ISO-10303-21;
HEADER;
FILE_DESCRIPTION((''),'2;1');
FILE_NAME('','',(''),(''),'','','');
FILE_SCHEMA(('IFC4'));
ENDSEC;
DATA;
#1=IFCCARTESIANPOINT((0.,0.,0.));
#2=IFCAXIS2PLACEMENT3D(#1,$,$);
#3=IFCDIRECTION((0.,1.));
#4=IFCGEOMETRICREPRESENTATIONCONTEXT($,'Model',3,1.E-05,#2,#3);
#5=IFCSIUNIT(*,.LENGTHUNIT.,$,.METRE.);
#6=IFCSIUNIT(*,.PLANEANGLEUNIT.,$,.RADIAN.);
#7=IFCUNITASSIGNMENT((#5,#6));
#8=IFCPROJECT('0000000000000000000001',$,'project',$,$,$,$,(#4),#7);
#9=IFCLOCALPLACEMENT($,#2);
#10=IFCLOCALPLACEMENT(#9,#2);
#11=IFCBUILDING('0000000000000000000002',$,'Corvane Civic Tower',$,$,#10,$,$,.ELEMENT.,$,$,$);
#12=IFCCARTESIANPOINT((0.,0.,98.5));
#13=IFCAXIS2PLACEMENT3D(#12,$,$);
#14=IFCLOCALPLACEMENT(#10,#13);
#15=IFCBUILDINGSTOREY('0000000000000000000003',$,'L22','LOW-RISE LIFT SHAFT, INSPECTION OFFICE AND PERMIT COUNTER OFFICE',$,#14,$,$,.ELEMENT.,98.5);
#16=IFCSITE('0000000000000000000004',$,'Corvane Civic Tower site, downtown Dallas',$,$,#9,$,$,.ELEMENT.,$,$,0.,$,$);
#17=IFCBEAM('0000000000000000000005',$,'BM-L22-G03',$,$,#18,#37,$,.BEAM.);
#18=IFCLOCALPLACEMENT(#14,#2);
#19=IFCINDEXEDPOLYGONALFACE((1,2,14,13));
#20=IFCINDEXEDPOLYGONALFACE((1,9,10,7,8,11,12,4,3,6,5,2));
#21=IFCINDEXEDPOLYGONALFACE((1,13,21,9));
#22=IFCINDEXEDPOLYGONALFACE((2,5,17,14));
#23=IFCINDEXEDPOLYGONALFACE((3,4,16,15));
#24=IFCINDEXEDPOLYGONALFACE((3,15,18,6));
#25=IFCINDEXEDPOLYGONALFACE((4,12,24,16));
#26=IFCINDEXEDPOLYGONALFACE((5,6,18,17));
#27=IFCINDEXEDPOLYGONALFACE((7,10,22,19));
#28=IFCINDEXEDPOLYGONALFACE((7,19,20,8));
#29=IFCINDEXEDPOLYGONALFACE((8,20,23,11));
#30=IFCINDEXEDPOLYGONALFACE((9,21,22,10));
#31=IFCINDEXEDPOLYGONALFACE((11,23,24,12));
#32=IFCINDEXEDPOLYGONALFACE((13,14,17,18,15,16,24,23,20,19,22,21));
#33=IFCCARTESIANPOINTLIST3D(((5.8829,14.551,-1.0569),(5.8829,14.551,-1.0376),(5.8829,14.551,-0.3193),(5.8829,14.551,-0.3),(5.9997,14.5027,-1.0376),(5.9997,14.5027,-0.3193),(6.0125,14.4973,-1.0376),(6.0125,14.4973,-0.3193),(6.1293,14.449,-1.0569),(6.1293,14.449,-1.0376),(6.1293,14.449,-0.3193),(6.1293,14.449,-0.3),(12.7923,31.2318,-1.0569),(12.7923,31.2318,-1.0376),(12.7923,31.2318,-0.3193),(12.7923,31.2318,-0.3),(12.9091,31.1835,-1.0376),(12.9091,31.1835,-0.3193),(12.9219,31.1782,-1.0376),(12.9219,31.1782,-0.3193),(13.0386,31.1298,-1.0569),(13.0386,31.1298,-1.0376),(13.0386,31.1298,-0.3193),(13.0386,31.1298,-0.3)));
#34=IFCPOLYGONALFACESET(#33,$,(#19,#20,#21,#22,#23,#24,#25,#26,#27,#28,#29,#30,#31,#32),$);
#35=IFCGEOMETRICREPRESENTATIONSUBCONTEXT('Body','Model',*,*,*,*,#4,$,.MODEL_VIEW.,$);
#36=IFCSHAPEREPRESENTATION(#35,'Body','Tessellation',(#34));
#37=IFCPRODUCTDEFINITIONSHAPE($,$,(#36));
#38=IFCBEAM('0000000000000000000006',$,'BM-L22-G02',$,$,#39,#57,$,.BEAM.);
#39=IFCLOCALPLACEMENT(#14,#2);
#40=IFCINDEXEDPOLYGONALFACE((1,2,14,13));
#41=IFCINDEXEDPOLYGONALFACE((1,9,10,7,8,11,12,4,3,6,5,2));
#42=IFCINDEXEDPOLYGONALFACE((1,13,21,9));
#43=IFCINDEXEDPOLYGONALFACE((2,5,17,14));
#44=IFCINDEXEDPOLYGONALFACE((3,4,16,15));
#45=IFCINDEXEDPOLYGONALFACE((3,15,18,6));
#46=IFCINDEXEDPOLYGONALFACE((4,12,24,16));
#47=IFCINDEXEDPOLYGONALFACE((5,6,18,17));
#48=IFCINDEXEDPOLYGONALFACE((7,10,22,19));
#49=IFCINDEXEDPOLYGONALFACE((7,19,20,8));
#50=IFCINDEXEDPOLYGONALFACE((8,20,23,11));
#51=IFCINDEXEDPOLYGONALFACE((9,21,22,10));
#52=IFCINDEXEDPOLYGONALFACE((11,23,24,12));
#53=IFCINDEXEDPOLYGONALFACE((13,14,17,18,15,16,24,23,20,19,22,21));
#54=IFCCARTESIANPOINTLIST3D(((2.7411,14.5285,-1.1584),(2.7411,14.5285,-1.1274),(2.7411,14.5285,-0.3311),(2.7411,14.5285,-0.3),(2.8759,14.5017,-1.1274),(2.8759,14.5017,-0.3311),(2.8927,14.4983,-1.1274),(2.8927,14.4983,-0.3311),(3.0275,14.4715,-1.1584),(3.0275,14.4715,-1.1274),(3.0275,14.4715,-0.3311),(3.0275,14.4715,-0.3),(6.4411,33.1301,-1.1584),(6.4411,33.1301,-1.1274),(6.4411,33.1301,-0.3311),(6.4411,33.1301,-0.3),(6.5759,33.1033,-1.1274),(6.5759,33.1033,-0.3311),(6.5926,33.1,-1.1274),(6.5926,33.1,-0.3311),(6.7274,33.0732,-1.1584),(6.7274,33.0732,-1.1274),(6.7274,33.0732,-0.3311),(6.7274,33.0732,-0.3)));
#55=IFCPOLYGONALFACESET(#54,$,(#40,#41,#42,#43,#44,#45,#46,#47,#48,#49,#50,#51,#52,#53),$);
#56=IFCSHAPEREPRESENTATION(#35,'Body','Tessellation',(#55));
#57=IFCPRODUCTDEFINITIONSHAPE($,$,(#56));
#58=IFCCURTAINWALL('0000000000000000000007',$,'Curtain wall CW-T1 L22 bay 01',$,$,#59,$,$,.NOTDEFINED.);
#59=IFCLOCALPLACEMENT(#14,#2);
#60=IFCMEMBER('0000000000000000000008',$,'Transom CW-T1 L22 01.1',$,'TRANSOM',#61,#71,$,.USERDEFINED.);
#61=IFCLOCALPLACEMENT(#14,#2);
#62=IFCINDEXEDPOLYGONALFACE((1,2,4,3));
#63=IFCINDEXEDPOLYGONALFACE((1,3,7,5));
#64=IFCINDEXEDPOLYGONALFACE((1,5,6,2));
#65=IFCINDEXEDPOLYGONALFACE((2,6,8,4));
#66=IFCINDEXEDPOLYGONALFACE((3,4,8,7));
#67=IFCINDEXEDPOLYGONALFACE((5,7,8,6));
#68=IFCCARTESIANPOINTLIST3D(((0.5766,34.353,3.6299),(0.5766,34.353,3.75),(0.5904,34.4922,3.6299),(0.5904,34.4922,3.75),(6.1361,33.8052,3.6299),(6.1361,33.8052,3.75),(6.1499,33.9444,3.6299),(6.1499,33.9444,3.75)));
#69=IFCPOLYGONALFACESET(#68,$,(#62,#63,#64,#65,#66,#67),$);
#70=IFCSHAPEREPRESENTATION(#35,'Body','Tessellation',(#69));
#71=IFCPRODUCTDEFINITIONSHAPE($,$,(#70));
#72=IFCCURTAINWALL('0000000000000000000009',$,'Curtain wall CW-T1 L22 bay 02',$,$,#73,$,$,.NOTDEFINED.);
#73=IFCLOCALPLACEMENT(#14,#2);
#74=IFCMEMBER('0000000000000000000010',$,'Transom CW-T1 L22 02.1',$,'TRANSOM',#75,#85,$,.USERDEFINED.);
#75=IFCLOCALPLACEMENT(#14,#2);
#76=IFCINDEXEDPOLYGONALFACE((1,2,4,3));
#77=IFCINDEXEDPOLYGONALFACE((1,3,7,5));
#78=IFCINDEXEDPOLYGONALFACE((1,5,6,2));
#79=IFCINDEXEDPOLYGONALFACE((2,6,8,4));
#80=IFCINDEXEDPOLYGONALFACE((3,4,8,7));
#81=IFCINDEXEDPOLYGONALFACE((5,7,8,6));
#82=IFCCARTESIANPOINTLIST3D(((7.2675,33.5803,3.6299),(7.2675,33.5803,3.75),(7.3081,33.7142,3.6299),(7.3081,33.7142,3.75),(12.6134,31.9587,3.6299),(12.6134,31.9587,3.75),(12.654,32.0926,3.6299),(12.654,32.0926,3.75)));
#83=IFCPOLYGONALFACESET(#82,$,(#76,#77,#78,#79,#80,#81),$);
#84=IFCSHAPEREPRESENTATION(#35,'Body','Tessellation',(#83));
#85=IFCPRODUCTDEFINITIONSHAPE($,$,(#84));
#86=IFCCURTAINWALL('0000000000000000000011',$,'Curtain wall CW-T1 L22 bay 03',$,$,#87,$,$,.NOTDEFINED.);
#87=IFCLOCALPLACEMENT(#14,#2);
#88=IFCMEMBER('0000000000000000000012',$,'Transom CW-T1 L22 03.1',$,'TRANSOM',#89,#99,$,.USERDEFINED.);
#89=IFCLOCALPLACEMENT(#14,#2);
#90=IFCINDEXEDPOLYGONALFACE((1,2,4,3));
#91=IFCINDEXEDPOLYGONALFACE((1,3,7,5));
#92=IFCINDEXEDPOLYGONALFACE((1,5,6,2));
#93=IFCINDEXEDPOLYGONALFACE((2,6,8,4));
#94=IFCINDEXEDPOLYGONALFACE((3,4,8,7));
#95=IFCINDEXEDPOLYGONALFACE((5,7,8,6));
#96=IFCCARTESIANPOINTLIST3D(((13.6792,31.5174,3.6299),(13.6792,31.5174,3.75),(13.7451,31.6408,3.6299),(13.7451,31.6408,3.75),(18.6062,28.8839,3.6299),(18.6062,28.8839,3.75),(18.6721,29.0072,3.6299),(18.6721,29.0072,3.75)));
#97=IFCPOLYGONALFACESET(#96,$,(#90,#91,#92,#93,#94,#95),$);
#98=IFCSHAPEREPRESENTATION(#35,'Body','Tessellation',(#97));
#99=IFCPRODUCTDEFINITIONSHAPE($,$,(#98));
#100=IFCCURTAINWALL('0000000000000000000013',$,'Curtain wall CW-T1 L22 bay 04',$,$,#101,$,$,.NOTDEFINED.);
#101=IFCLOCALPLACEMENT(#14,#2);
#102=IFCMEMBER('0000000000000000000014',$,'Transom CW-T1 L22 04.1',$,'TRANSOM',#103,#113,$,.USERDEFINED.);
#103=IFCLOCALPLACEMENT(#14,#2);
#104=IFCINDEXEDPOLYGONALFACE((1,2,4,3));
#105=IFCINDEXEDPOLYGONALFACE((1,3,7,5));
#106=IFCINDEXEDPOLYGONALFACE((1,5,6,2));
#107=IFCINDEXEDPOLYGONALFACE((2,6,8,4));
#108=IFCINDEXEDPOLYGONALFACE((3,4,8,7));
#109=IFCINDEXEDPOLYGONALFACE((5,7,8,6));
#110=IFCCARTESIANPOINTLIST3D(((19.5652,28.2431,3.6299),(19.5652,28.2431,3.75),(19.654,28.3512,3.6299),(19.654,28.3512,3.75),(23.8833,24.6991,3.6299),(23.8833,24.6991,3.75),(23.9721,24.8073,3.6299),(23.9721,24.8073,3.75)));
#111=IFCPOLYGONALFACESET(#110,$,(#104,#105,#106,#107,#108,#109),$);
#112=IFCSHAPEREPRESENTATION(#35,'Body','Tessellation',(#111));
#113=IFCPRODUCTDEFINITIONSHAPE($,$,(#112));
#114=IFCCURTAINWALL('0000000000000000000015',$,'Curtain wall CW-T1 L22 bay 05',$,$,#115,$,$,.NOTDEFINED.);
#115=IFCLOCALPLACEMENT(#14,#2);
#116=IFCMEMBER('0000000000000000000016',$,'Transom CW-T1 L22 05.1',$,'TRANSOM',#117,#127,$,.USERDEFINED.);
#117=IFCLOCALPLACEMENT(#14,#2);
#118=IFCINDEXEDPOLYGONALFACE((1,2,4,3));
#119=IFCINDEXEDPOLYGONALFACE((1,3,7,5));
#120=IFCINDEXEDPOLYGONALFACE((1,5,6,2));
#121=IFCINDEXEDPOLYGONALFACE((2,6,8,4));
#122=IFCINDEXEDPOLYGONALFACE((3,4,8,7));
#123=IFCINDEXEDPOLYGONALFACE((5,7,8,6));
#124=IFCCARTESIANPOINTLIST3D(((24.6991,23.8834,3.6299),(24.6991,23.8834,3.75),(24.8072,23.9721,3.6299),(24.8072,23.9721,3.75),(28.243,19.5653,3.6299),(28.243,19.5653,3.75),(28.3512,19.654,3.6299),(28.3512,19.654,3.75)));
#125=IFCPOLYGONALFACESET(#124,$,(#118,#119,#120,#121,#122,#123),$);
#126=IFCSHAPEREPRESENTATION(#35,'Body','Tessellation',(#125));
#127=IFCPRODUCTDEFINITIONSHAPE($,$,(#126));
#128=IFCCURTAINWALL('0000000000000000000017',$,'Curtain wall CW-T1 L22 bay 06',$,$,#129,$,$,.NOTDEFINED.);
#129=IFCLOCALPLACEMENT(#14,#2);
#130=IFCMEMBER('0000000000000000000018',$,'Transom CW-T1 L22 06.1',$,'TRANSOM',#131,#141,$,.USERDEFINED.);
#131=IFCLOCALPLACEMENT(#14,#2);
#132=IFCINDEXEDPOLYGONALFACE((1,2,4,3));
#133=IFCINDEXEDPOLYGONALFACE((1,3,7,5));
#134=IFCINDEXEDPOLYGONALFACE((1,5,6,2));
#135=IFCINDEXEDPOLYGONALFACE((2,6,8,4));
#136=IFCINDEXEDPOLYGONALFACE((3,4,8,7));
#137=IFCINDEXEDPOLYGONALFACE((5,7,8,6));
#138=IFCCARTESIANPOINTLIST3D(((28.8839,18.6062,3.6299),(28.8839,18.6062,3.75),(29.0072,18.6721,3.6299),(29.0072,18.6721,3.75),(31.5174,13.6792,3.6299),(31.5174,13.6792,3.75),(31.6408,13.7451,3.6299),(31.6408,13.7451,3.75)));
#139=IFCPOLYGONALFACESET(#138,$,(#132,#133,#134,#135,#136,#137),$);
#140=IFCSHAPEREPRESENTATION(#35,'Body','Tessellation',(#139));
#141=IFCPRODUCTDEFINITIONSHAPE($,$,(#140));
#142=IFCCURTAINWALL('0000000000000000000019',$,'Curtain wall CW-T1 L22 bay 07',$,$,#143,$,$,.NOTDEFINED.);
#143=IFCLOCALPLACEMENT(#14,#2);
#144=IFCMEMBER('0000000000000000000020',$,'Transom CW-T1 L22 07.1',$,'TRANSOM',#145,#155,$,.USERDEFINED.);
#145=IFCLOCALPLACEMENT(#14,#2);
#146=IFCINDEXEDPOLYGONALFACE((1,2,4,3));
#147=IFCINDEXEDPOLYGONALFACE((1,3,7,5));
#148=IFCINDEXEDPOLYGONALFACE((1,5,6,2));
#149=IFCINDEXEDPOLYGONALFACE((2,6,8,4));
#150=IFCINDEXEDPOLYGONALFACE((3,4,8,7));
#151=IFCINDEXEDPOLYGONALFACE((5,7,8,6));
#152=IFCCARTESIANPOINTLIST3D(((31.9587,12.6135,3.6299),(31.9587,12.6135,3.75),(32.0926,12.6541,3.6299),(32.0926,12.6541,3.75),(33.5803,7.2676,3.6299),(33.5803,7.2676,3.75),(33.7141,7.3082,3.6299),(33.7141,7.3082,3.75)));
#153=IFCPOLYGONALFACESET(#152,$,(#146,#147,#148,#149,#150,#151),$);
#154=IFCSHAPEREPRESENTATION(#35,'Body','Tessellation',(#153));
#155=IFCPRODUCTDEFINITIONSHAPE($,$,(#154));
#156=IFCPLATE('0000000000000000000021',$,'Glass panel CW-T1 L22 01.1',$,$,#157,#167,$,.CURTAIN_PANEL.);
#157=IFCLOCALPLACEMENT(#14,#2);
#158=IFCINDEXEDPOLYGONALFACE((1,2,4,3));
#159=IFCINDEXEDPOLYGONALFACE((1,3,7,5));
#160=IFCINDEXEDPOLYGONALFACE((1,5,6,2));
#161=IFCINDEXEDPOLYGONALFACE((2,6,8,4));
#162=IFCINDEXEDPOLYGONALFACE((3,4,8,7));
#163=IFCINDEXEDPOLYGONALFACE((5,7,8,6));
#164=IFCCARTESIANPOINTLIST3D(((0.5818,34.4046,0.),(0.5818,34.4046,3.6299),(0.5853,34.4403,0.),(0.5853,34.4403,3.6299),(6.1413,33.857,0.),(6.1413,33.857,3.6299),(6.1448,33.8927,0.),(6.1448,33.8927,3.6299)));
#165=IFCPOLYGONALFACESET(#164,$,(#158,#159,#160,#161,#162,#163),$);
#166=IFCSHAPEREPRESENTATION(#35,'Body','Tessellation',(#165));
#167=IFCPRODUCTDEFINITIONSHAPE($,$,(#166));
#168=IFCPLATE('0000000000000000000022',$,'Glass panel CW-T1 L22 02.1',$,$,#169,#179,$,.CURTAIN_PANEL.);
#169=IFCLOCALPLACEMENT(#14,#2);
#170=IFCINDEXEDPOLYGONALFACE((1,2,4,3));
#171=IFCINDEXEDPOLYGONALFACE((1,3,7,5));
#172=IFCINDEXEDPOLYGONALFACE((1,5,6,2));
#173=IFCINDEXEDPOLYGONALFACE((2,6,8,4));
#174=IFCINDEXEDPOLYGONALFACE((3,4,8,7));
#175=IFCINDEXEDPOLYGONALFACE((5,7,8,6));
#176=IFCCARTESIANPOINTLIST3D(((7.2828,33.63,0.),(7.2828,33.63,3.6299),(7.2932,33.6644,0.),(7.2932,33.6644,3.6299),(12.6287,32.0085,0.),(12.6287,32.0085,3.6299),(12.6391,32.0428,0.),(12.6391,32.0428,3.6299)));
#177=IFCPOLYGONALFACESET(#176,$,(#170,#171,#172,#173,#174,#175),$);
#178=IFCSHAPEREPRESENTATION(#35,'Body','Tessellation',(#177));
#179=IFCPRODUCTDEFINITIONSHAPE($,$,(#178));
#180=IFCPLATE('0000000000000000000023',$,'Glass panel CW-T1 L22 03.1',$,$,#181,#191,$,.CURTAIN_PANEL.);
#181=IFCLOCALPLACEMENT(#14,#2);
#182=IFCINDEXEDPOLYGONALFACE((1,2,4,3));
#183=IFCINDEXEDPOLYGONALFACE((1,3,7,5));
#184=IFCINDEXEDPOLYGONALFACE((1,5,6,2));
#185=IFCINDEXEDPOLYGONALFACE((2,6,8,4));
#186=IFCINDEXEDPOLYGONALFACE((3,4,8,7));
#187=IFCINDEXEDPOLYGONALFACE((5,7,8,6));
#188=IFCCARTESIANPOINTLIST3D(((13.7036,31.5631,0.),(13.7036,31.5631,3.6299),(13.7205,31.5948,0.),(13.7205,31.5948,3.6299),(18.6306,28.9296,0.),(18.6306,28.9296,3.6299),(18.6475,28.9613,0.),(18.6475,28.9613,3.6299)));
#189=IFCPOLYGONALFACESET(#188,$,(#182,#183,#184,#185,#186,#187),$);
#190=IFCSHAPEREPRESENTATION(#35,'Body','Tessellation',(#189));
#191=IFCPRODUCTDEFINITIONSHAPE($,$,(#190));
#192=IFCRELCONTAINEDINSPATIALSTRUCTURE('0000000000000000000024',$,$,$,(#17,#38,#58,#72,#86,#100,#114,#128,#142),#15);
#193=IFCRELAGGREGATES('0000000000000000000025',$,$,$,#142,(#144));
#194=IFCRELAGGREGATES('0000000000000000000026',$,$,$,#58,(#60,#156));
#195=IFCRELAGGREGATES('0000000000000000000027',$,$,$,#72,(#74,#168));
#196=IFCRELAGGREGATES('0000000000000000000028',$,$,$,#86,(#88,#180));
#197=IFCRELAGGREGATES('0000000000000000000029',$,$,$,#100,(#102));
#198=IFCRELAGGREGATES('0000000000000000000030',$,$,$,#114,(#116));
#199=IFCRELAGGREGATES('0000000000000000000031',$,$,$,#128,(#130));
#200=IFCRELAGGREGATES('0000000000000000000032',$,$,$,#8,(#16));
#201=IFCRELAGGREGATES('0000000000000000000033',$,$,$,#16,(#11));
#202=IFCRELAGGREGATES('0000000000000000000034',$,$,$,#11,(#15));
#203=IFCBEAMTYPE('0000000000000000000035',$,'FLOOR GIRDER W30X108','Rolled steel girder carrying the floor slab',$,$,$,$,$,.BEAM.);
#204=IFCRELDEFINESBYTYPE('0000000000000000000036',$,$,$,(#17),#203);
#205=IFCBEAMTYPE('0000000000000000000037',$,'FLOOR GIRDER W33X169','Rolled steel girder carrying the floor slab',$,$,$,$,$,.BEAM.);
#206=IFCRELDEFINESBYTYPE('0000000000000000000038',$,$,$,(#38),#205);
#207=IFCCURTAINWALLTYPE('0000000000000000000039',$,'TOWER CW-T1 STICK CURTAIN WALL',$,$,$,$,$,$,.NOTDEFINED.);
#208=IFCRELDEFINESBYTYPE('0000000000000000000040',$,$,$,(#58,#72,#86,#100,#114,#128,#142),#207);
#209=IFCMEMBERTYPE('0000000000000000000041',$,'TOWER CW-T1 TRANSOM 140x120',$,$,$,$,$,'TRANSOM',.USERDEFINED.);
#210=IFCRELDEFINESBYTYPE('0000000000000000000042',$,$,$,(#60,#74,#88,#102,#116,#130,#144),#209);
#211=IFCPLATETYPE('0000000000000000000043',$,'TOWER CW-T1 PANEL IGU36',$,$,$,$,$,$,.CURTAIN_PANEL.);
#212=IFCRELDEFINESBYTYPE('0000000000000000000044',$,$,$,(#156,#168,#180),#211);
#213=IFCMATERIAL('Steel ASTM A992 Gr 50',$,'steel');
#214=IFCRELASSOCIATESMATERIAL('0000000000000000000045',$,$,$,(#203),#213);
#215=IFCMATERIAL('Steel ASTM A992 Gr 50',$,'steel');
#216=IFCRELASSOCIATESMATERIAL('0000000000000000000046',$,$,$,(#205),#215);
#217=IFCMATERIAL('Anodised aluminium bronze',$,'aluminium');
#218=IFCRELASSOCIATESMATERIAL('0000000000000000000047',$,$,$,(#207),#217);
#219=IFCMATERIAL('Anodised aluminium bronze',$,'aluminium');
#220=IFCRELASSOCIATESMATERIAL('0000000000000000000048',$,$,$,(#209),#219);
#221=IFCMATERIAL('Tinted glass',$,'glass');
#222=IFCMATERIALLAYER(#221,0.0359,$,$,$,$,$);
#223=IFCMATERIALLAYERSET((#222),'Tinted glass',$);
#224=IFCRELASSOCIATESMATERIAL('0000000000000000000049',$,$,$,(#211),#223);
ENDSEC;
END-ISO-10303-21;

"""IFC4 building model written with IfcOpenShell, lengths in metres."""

from ifc_helpers import new_model, si_unit, direction, frame, origin, origin_2d, place, context, subcontext, project, spatial, rectangle, i_section, extrude, material, layer, layer_set, material_profile, profile_set, type_object, element, aggregate, save


model = new_model("IFC4")

# Units and contexts
model_context = context("Model", 3, precision=1e-05, world=origin(), true_north=direction((0.0, 1.0)))
body_context = subcontext(model_context, "Body", "Model", "MODEL_VIEW")
ifc_project = project(units=[si_unit("LENGTHUNIT", "METRE"), si_unit("PLANEANGLEUNIT", "RADIAN")], contexts=[model_context])

# Site, building, storey
site_placement = place(None, origin())
site = spatial("IfcSite", under=ifc_project, at=site_placement, Name="Corvane Civic Tower site, downtown Dallas", CompositionType="ELEMENT", RefElevation=0.0)
building_placement = place(site_placement, origin())
building = spatial("IfcBuilding", under=site, at=building_placement, Name="Corvane Civic Tower", CompositionType="ELEMENT")
storey_placement = place(building_placement, frame((0.0, 0.0, 98.5)))
storey = spatial("IfcBuildingStorey", under=building, at=storey_placement, Name="L22", Description="LOW-RISE LIFT SHAFT, INSPECTION OFFICE AND PERMIT COUNTER OFFICE", CompositionType="ELEMENT", Elevation=98.5)

# Beams
ifc_material_1 = material(Name="Steel ASTM A992 Gr 50", Category="steel")
ifc_material_profile_1 = material_profile(ifc_material_1, i_section(OverallWidth=0.2666, OverallDepth=0.7568, WebThickness=0.0139, FlangeThickness=0.0193, at=origin_2d()), Name="W30X108")
ifc_profile_set_1 = profile_set([ifc_material_profile_1], Name="Steel ASTM A992 Gr 50")
beam_type_1 = type_object("IfcBeamType", Name="FLOOR GIRDER W30X108", Description="Rolled steel girder carrying the floor slab", PredefinedType="BEAM", material=ifc_profile_set_1)
beam_1_placement = place(storey_placement, frame((6.0061, 14.5, -0.6785), z_axis=(0.382682, 0.92388, 0.0), x_axis=(-0.92388, 0.382682, 0.0)))
element("IfcBeam", 1, at=beam_1_placement, inside=storey, type_object=beam_type_1, Name="BM-L22-G03", PredefinedType="BEAM", context=body_context, shape_type="SweptSolid", body=[
    extrude(i_section(OverallWidth=0.2666, OverallDepth=0.7568, WebThickness=0.0139, FlangeThickness=0.0193, at=origin_2d()), origin(), (0.0, 0.0, 1.0), 18.0552),
])
ifc_material_2 = material(Name="Steel ASTM A992 Gr 50", Category="steel")
ifc_material_profile_2 = material_profile(ifc_material_2, i_section(OverallWidth=0.292, OverallDepth=0.8584, WebThickness=0.0171, FlangeThickness=0.031, at=origin_2d()), Name="W33X169")
ifc_profile_set_2 = profile_set([ifc_material_profile_2], Name="Steel ASTM A992 Gr 50")
beam_type_2 = type_object("IfcBeamType", Name="FLOOR GIRDER W33X169", Description="Rolled steel girder carrying the floor slab", PredefinedType="BEAM", material=ifc_profile_set_2)
beam_2_placement = place(storey_placement, frame((2.8843, 14.5, -0.7292), z_axis=(0.195084, 0.980787, 0.0), x_axis=(-0.980787, 0.195084, 0.0)))
element("IfcBeam", 2, at=beam_2_placement, inside=storey, type_object=beam_type_2, Name="BM-L22-G02", PredefinedType="BEAM", context=body_context, shape_type="SweptSolid", body=[
    extrude(i_section(OverallWidth=0.292, OverallDepth=0.8584, WebThickness=0.0171, FlangeThickness=0.031, at=origin_2d()), origin(), (0.0, 0.0, 1.0), 18.9661),
])

# Curtain walls, members
ifc_material_3 = material(Name="Anodised aluminium bronze", Category="aluminium")
curtain_wall_type = type_object("IfcCurtainWallType", Name="TOWER CW-T1 STICK CURTAIN WALL", PredefinedType="NOTDEFINED", material=ifc_material_3)
curtain_wall_1_placement = place(storey_placement, origin())
curtain_wall_1 = element("IfcCurtainWall", 3, at=curtain_wall_1_placement, inside=storey, type_object=curtain_wall_type, Name="Curtain wall CW-T1 L22 bay 01", PredefinedType="NOTDEFINED")
ifc_material_4 = material(Name="Anodised aluminium bronze", Category="aluminium")
ifc_material_profile_3 = material_profile(ifc_material_4, rectangle(XDim=0.1399, YDim=0.1201, at=origin_2d()), Name="TOWER CW-T1 TRANSOM 140x120")
ifc_profile_set_3 = profile_set([ifc_material_profile_3], Name="Anodised aluminium bronze")
member_type = type_object("IfcMemberType", Name="TOWER CW-T1 TRANSOM 140x120", ElementType="TRANSOM", PredefinedType="USERDEFINED", material=ifc_profile_set_3)
member_1_placement = place(storey_placement, frame((0.5835, 34.4226, 3.6899), z_axis=(0.99518, -0.098067, 0.0), x_axis=(0.098067, 0.99518, 0.0)))
member_1 = element("IfcMember", 4, at=member_1_placement, type_object=member_type, Name="Transom CW-T1 L22 01.1", ObjectType="TRANSOM", PredefinedType="USERDEFINED", context=body_context, shape_type="SweptSolid", body=[
    extrude(rectangle(XDim=0.1399, YDim=0.1201, at=origin_2d()), origin(), (0.0, 0.0, 1.0), 5.5864),
])
curtain_wall_2_placement = place(storey_placement, origin())
curtain_wall_2 = element("IfcCurtainWall", 5, at=curtain_wall_2_placement, inside=storey, type_object=curtain_wall_type, Name="Curtain wall CW-T1 L22 bay 02", PredefinedType="NOTDEFINED")
member_2_placement = place(storey_placement, frame((7.2878, 33.6472, 3.6899), z_axis=(0.956945, -0.290269, 0.0), x_axis=(0.290269, 0.956945, 0.0)))
member_2 = element("IfcMember", 6, at=member_2_placement, type_object=member_type, Name="Transom CW-T1 L22 02.1", ObjectType="TRANSOM", PredefinedType="USERDEFINED", context=body_context, shape_type="SweptSolid", body=[
    extrude(rectangle(XDim=0.1399, YDim=0.1201, at=origin_2d()), origin(), (0.0, 0.0, 1.0), 5.5864),
])
curtain_wall_3_placement = place(storey_placement, origin())
curtain_wall_3 = element("IfcCurtainWall", 7, at=curtain_wall_3_placement, inside=storey, type_object=curtain_wall_type, Name="Curtain wall CW-T1 L22 bay 03", PredefinedType="NOTDEFINED")
member_3_placement = place(storey_placement, frame((13.7122, 31.5791, 3.6899), z_axis=(0.881921, -0.471398, 0.0), x_axis=(0.471398, 0.881921, 0.0)))
member_3 = element("IfcMember", 8, at=member_3_placement, type_object=member_type, Name="Transom CW-T1 L22 03.1", ObjectType="TRANSOM", PredefinedType="USERDEFINED", context=body_context, shape_type="SweptSolid", body=[
    extrude(rectangle(XDim=0.1399, YDim=0.1201, at=origin_2d()), origin(), (0.0, 0.0, 1.0), 5.5867),
])
curtain_wall_4_placement = place(storey_placement, origin())
curtain_wall_4 = element("IfcCurtainWall", 9, at=curtain_wall_4_placement, inside=storey, type_object=curtain_wall_type, Name="Curtain wall CW-T1 L22 bay 04", PredefinedType="NOTDEFINED")
member_4_placement = place(storey_placement, frame((19.6096, 28.2971, 3.6899), z_axis=(0.772996, -0.63441, 0.0), x_axis=(0.63441, 0.772996, 0.0)))
member_4 = element("IfcMember", 10, at=member_4_placement, type_object=member_type, Name="Transom CW-T1 L22 04.1", ObjectType="TRANSOM", PredefinedType="USERDEFINED", context=body_context, shape_type="SweptSolid", body=[
    extrude(rectangle(XDim=0.1399, YDim=0.1201, at=origin_2d()), origin(), (0.0, 0.0, 1.0), 5.5862),
])
curtain_wall_5_placement = place(storey_placement, origin())
curtain_wall_5 = element("IfcCurtainWall", 11, at=curtain_wall_5_placement, inside=storey, type_object=curtain_wall_type, Name="Curtain wall CW-T1 L22 bay 05", PredefinedType="NOTDEFINED")
member_5_placement = place(storey_placement, frame((24.7532, 23.9277, 3.6899), z_axis=(0.63441, -0.772996, 0.0), x_axis=(0.772996, 0.63441, 0.0)))
member_5 = element("IfcMember", 12, at=member_5_placement, type_object=member_type, Name="Transom CW-T1 L22 05.1", ObjectType="TRANSOM", PredefinedType="USERDEFINED", context=body_context, shape_type="SweptSolid", body=[
    extrude(rectangle(XDim=0.1399, YDim=0.1201, at=origin_2d()), origin(), (0.0, 0.0, 1.0), 5.5862),
])
curtain_wall_6_placement = place(storey_placement, origin())
curtain_wall_6 = element("IfcCurtainWall", 13, at=curtain_wall_6_placement, inside=storey, type_object=curtain_wall_type, Name="Curtain wall CW-T1 L22 bay 06", PredefinedType="NOTDEFINED")
member_6_placement = place(storey_placement, frame((28.9456, 18.6392, 3.6899), z_axis=(0.471398, -0.881921, 0.0), x_axis=(0.881921, 0.471398, 0.0)))
member_6 = element("IfcMember", 14, at=member_6_placement, type_object=member_type, Name="Transom CW-T1 L22 06.1", ObjectType="TRANSOM", PredefinedType="USERDEFINED", context=body_context, shape_type="SweptSolid", body=[
    extrude(rectangle(XDim=0.1399, YDim=0.1201, at=origin_2d()), origin(), (0.0, 0.0, 1.0), 5.5867),
])
curtain_wall_7_placement = place(storey_placement, origin())
curtain_wall_7 = element("IfcCurtainWall", 15, at=curtain_wall_7_placement, inside=storey, type_object=curtain_wall_type, Name="Curtain wall CW-T1 L22 bay 07", PredefinedType="NOTDEFINED")
member_7_placement = place(storey_placement, frame((32.0256, 12.6338, 3.6899), z_axis=(0.290269, -0.956945, 0.0), x_axis=(0.956945, 0.290269, 0.0)))
member_7 = element("IfcMember", 16, at=member_7_placement, type_object=member_type, Name="Transom CW-T1 L22 07.1", ObjectType="TRANSOM", PredefinedType="USERDEFINED", context=body_context, shape_type="SweptSolid", body=[
    extrude(rectangle(XDim=0.1399, YDim=0.1201, at=origin_2d()), origin(), (0.0, 0.0, 1.0), 5.5864),
])
aggregate(curtain_wall_7, [member_7])

# Plates
ifc_material_5 = material(Name="Tinted glass", Category="glass")
ifc_layer_1 = layer(ifc_material_5, 0.0359)
ifc_layer_set_1 = layer_set([ifc_layer_1], Name="Tinted glass")
plate_type = type_object("IfcPlateType", Name="TOWER CW-T1 PANEL IGU36", PredefinedType="CURTAIN_PANEL", material=ifc_layer_set_1)
plate_1_placement = place(storey_placement, frame((3.3633, 34.1487, 0.0), z_axis=(0.0, 0.0, 1.0), x_axis=(0.995184, -0.098027, 0.0)))
plate_1 = element("IfcPlate", 17, at=plate_1_placement, type_object=plate_type, Name="Glass panel CW-T1 L22 01.1", PredefinedType="CURTAIN_PANEL", context=body_context, shape_type="SweptSolid", body=[
    extrude(rectangle(XDim=5.5864, YDim=0.0359, at=origin_2d()), origin(), (0.0, 0.0, 1.0), 3.6299),
])
aggregate(curtain_wall_1, [member_1, plate_1])
plate_2_placement = place(storey_placement, frame((9.9609, 32.8364, 0.0), z_axis=(0.0, 0.0, 1.0), x_axis=(0.956946, -0.290266, 0.0)))
plate_2 = element("IfcPlate", 18, at=plate_2_placement, type_object=plate_type, Name="Glass panel CW-T1 L22 02.1", PredefinedType="CURTAIN_PANEL", context=body_context, shape_type="SweptSolid", body=[
    extrude(rectangle(XDim=5.5864, YDim=0.0359, at=origin_2d()), origin(), (0.0, 0.0, 1.0), 3.6299),
])
aggregate(curtain_wall_2, [member_2, plate_2])
plate_3_placement = place(storey_placement, frame((16.1755, 30.2622, 0.0), z_axis=(0.0, 0.0, 1.0), x_axis=(0.881924, -0.471392, 0.0)))
plate_3 = element("IfcPlate", 19, at=plate_3_placement, type_object=plate_type, Name="Glass panel CW-T1 L22 03.1", PredefinedType="CURTAIN_PANEL", context=body_context, shape_type="SweptSolid", body=[
    extrude(rectangle(XDim=5.5867, YDim=0.0359, at=origin_2d()), origin(), (0.0, 0.0, 1.0), 3.6299),
])
aggregate(curtain_wall_3, [member_3, plate_3])
aggregate(curtain_wall_4, [member_4])
aggregate(curtain_wall_5, [member_5])
aggregate(curtain_wall_6, [member_6])

save(model, "model.ifc")
